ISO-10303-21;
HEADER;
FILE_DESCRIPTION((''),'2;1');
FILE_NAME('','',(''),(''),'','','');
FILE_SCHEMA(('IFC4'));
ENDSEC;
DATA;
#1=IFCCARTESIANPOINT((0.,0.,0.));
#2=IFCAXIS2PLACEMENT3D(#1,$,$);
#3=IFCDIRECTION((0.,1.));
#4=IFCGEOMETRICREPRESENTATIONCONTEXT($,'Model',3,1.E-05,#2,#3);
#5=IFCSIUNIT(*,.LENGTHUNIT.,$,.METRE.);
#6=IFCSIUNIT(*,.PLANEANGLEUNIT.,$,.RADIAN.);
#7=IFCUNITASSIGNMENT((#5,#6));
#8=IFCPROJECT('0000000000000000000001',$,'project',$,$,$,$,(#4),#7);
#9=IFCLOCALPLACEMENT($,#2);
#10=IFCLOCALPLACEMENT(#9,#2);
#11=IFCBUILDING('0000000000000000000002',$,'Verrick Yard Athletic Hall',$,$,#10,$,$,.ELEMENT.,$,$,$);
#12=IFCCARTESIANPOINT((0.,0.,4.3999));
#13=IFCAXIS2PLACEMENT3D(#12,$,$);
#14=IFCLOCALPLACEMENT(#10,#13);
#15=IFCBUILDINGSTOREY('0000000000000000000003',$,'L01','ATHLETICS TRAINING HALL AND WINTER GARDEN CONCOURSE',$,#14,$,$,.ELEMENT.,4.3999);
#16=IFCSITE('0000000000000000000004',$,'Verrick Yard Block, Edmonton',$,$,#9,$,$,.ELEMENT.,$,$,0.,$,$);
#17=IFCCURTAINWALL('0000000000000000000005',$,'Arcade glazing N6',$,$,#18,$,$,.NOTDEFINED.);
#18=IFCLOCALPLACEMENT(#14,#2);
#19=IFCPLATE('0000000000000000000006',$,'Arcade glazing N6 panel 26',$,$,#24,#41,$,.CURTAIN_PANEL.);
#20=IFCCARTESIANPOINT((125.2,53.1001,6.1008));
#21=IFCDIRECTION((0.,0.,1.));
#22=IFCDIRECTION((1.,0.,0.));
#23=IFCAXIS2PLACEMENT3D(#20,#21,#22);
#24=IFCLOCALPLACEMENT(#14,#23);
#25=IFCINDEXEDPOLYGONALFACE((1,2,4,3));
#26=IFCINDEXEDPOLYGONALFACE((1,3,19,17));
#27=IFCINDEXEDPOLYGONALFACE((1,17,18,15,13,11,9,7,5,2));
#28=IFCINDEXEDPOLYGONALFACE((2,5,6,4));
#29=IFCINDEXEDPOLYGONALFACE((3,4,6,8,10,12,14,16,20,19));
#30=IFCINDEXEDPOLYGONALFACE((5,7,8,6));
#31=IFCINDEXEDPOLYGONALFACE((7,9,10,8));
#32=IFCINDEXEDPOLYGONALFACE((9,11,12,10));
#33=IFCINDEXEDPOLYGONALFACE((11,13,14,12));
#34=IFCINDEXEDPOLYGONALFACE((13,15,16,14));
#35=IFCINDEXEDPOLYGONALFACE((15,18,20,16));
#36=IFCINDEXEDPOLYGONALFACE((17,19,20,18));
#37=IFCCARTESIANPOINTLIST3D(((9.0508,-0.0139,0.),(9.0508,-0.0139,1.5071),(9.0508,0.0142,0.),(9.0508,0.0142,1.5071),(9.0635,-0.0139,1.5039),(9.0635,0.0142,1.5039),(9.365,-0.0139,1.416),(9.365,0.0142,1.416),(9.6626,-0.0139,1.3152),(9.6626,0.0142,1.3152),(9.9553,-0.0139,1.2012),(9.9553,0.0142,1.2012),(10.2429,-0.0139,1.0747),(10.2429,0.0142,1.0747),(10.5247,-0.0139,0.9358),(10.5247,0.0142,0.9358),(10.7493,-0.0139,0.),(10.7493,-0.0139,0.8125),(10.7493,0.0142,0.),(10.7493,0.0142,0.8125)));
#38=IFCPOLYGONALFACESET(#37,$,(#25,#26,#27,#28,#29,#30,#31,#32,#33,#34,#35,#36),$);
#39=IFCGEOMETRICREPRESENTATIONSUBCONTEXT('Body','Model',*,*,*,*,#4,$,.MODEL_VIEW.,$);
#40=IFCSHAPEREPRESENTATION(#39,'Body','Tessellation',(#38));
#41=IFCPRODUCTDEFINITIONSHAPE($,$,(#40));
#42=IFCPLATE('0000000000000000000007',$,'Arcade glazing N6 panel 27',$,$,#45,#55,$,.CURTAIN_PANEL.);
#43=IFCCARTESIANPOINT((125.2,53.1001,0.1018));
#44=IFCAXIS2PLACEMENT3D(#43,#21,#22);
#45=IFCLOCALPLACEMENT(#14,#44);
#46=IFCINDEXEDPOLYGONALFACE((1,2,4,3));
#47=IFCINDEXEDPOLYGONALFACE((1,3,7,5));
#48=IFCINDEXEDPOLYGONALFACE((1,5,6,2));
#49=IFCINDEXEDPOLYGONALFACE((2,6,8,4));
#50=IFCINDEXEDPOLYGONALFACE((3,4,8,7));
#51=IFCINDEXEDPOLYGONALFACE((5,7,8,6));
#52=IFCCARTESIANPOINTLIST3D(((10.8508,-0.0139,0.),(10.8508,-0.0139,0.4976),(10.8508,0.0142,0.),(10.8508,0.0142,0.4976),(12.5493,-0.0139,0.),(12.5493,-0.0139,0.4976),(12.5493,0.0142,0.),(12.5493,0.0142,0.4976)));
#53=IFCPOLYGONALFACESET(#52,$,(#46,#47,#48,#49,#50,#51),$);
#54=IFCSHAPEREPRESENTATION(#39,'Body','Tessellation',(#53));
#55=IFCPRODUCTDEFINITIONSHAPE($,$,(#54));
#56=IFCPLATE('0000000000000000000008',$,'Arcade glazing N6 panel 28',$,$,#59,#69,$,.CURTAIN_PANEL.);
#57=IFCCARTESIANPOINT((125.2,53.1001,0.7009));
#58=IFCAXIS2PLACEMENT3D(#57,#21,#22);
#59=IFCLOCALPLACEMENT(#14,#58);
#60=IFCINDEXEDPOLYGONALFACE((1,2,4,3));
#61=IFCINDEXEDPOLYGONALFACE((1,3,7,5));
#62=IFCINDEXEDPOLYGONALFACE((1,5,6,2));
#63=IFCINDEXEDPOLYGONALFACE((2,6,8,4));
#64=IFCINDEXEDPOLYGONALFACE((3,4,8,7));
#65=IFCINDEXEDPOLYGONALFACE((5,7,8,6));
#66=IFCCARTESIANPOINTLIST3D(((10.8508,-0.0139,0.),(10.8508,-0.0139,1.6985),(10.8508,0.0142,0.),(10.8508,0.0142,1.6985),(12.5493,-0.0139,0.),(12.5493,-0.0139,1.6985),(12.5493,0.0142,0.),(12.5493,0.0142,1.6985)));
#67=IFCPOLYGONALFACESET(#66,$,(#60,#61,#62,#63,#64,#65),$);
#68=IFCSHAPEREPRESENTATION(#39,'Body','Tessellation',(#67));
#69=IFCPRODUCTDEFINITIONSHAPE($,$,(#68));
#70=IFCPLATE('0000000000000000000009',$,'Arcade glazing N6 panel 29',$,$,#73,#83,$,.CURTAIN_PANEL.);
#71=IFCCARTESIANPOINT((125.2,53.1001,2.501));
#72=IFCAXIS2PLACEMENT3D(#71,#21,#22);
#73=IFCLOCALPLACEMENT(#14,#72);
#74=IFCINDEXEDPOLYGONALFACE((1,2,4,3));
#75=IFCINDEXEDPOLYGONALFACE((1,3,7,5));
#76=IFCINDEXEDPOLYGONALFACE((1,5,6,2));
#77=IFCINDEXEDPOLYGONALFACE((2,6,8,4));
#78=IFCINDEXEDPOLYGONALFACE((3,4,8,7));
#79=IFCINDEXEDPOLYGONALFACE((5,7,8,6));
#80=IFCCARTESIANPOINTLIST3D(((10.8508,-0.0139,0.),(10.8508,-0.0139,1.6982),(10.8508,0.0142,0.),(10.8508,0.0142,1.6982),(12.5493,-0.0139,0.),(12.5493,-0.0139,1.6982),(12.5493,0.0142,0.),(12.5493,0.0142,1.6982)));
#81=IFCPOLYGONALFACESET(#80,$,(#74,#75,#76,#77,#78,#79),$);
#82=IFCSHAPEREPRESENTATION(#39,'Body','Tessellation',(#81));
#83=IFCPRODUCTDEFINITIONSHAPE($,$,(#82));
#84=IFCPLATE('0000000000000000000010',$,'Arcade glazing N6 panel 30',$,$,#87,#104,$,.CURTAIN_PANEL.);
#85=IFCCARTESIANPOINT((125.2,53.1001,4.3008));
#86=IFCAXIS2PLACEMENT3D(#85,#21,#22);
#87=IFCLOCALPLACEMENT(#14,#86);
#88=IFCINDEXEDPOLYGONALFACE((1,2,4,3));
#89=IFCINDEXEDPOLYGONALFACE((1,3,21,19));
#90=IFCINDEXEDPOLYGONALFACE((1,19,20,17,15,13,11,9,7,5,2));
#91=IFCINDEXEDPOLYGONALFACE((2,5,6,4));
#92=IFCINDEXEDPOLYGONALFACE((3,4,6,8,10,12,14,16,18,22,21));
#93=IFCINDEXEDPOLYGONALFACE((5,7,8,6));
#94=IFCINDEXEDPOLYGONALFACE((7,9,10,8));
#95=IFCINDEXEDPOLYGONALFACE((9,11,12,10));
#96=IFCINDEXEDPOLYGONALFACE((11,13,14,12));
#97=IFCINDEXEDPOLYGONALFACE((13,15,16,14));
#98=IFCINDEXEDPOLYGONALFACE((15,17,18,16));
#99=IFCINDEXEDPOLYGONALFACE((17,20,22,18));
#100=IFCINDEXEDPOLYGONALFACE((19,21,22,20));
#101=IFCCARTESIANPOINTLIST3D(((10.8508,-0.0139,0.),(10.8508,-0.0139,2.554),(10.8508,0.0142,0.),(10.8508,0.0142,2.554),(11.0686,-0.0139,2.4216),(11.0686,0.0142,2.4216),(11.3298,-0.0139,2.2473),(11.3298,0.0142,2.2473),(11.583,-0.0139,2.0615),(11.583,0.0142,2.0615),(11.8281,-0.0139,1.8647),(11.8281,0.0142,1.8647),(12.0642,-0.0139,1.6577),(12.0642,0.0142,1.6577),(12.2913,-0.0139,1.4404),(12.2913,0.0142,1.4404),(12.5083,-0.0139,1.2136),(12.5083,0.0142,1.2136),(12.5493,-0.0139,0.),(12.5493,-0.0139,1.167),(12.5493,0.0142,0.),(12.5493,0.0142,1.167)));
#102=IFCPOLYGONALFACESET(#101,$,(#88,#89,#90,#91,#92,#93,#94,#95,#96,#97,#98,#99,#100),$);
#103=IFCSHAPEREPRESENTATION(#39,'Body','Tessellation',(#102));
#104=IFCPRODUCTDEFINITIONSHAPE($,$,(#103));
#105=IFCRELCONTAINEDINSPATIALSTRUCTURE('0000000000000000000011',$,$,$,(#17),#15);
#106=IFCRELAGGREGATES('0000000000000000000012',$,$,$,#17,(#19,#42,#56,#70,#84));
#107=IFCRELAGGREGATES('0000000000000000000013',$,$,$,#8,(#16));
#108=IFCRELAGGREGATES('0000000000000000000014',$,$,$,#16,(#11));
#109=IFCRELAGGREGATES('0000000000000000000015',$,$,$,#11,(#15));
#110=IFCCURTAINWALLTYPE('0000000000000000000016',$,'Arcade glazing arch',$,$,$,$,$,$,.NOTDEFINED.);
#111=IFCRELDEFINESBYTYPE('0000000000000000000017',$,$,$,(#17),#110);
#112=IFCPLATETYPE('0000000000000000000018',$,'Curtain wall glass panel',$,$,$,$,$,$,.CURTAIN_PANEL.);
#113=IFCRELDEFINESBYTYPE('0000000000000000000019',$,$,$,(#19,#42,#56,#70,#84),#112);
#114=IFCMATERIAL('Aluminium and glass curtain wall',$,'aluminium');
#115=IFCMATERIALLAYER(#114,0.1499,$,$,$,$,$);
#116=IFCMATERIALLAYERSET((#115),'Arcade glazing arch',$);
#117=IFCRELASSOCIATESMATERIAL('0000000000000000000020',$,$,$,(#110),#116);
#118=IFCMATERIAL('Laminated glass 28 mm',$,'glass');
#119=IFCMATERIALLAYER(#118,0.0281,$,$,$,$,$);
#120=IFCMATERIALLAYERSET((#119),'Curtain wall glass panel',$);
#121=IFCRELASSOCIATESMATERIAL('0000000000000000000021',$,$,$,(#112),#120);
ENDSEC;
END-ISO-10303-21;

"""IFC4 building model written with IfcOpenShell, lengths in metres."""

from ifc_helpers import new_model, si_unit, direction, frame, origin, place, context, subcontext, project, spatial, polyline, outline, extrude, material, layer, layer_set, type_object, element, aggregate, save


model = new_model("IFC4")

# Units and contexts
model_context = context("Model", 3, precision=1e-05, world=origin(), true_north=direction((0.0, 1.0)))
body_context = subcontext(model_context, "Body", "Model", "MODEL_VIEW")
ifc_project = project(units=[si_unit("LENGTHUNIT", "METRE"), si_unit("PLANEANGLEUNIT", "RADIAN")], contexts=[model_context])

# Site, building, storey
site_placement = place(None, origin())
site = spatial("IfcSite", under=ifc_project, at=site_placement, Name="Verrick Yard Block, Edmonton", CompositionType="ELEMENT", RefElevation=0.0)
building_placement = place(site_placement, origin())
building = spatial("IfcBuilding", under=site, at=building_placement, Name="Verrick Yard Athletic Hall", CompositionType="ELEMENT")
storey_placement = place(building_placement, frame((0.0, 0.0, 4.3999)))
storey = spatial("IfcBuildingStorey", under=building, at=storey_placement, Name="L01", Description="ATHLETICS TRAINING HALL AND WINTER GARDEN CONCOURSE", CompositionType="ELEMENT", Elevation=4.3999)

# Curtain wall, plates
ifc_material_1 = material(Name="Aluminium and glass curtain wall", Category="aluminium")
ifc_layer_1 = layer(ifc_material_1, 0.1499)
ifc_layer_set_1 = layer_set([ifc_layer_1], Name="Arcade glazing arch")
curtain_wall_type = type_object("IfcCurtainWallType", Name="Arcade glazing arch", PredefinedType="NOTDEFINED", material=ifc_layer_set_1)
curtain_wall_placement = place(storey_placement, origin())
curtain_wall = element("IfcCurtainWall", 1, at=curtain_wall_placement, inside=storey, type_object=curtain_wall_type, Name="Arcade glazing N6", PredefinedType="NOTDEFINED")
ifc_material_2 = material(Name="Laminated glass 28 mm", Category="glass")
ifc_layer_2 = layer(ifc_material_2, 0.0281)
ifc_layer_set_2 = layer_set([ifc_layer_2], Name="Curtain wall glass panel")
plate_type = type_object("IfcPlateType", Name="Curtain wall glass panel", PredefinedType="CURTAIN_PANEL", material=ifc_layer_set_2)
plate_1_placement = place(storey_placement, frame((125.2, 53.1001, 6.1008), z_axis=(0.0, 0.0, 1.0), x_axis=(1.0, 0.0, 0.0)))
plate_1 = element("IfcPlate", 2, at=plate_1_placement, type_object=plate_type, Name="Arcade glazing N6 panel 26", PredefinedType="CURTAIN_PANEL", context=body_context, shape_type="SweptSolid", body=[
    extrude(outline(polyline([(10.7493, 0.8125), (10.5247, 0.9358), (10.2429, 1.0747), (9.9553, 1.2012), (9.6626, 1.3152), (9.365, 1.416), (9.0635, 1.5039), (9.0508, 1.5071), (9.0508, 0.0), (10.7493, 0.0), (10.7493, 0.8125)])), frame((0.0, 0.0142, 0.0), z_axis=(0.0, -1.0, 0.0), x_axis=(1.0, 0.0, 0.0)), (0.0, 0.0, 1.0), 0.0281),
])
plate_2_placement = place(storey_placement, frame((125.2, 53.1001, 0.1018), z_axis=(0.0, 0.0, 1.0), x_axis=(1.0, 0.0, 0.0)))
plate_2 = element("IfcPlate", 3, at=plate_2_placement, type_object=plate_type, Name="Arcade glazing N6 panel 27", PredefinedType="CURTAIN_PANEL", context=body_context, shape_type="SweptSolid", body=[
    extrude(outline(polyline([(12.5493, 0.0), (12.5493, 0.4976), (10.8508, 0.4976), (10.8508, 0.0), (12.5493, 0.0)])), frame((0.0, 0.0142, 0.0), z_axis=(0.0, -1.0, 0.0), x_axis=(1.0, 0.0, 0.0)), (0.0, 0.0, 1.0), 0.0281),
])
plate_3_placement = place(storey_placement, frame((125.2, 53.1001, 0.7009), z_axis=(0.0, 0.0, 1.0), x_axis=(1.0, 0.0, 0.0)))
plate_3 = element("IfcPlate", 4, at=plate_3_placement, type_object=plate_type, Name="Arcade glazing N6 panel 28", PredefinedType="CURTAIN_PANEL", context=body_context, shape_type="SweptSolid", body=[
    extrude(outline(polyline([(12.5493, 0.0), (12.5493, 1.6985), (10.8508, 1.6985), (10.8508, 0.0), (12.5493, 0.0)])), frame((0.0, 0.0142, 0.0), z_axis=(0.0, -1.0, 0.0), x_axis=(1.0, 0.0, 0.0)), (0.0, 0.0, 1.0), 0.0281),
])
plate_4_placement = place(storey_placement, frame((125.2, 53.1001, 2.501), z_axis=(0.0, 0.0, 1.0), x_axis=(1.0, 0.0, 0.0)))
plate_4 = element("IfcPlate", 5, at=plate_4_placement, type_object=plate_type, Name="Arcade glazing N6 panel 29", PredefinedType="CURTAIN_PANEL", context=body_context, shape_type="SweptSolid", body=[
    extrude(outline(polyline([(12.5493, 0.0), (12.5493, 1.6982), (10.8508, 1.6982), (10.8508, 0.0), (12.5493, 0.0)])), frame((0.0, 0.0142, 0.0), z_axis=(0.0, -1.0, 0.0), x_axis=(1.0, 0.0, 0.0)), (0.0, 0.0, 1.0), 0.0281),
])
plate_5_placement = place(storey_placement, frame((125.2, 53.1001, 4.3008), z_axis=(0.0, 0.0, 1.0), x_axis=(1.0, 0.0, 0.0)))
plate_5 = element("IfcPlate", 6, at=plate_5_placement, type_object=plate_type, Name="Arcade glazing N6 panel 30", PredefinedType="CURTAIN_PANEL", context=body_context, shape_type="SweptSolid", body=[
    extrude(outline(polyline([(12.5493, 1.167), (12.5083, 1.2136), (12.2913, 1.4404), (12.0642, 1.6577), (11.8281, 1.8647), (11.583, 2.0615), (11.3298, 2.2473), (11.0686, 2.4216), (10.8508, 2.554), (10.8508, 0.0), (12.5493, 0.0), (12.5493, 1.167)])), frame((0.0, 0.0142, 0.0), z_axis=(0.0, -1.0, 0.0), x_axis=(1.0, 0.0, 0.0)), (0.0, 0.0, 1.0), 0.0281),
])
aggregate(curtain_wall, [plate_1, plate_2, plate_3, plate_4, plate_5])

save(model, "model.ifc")
